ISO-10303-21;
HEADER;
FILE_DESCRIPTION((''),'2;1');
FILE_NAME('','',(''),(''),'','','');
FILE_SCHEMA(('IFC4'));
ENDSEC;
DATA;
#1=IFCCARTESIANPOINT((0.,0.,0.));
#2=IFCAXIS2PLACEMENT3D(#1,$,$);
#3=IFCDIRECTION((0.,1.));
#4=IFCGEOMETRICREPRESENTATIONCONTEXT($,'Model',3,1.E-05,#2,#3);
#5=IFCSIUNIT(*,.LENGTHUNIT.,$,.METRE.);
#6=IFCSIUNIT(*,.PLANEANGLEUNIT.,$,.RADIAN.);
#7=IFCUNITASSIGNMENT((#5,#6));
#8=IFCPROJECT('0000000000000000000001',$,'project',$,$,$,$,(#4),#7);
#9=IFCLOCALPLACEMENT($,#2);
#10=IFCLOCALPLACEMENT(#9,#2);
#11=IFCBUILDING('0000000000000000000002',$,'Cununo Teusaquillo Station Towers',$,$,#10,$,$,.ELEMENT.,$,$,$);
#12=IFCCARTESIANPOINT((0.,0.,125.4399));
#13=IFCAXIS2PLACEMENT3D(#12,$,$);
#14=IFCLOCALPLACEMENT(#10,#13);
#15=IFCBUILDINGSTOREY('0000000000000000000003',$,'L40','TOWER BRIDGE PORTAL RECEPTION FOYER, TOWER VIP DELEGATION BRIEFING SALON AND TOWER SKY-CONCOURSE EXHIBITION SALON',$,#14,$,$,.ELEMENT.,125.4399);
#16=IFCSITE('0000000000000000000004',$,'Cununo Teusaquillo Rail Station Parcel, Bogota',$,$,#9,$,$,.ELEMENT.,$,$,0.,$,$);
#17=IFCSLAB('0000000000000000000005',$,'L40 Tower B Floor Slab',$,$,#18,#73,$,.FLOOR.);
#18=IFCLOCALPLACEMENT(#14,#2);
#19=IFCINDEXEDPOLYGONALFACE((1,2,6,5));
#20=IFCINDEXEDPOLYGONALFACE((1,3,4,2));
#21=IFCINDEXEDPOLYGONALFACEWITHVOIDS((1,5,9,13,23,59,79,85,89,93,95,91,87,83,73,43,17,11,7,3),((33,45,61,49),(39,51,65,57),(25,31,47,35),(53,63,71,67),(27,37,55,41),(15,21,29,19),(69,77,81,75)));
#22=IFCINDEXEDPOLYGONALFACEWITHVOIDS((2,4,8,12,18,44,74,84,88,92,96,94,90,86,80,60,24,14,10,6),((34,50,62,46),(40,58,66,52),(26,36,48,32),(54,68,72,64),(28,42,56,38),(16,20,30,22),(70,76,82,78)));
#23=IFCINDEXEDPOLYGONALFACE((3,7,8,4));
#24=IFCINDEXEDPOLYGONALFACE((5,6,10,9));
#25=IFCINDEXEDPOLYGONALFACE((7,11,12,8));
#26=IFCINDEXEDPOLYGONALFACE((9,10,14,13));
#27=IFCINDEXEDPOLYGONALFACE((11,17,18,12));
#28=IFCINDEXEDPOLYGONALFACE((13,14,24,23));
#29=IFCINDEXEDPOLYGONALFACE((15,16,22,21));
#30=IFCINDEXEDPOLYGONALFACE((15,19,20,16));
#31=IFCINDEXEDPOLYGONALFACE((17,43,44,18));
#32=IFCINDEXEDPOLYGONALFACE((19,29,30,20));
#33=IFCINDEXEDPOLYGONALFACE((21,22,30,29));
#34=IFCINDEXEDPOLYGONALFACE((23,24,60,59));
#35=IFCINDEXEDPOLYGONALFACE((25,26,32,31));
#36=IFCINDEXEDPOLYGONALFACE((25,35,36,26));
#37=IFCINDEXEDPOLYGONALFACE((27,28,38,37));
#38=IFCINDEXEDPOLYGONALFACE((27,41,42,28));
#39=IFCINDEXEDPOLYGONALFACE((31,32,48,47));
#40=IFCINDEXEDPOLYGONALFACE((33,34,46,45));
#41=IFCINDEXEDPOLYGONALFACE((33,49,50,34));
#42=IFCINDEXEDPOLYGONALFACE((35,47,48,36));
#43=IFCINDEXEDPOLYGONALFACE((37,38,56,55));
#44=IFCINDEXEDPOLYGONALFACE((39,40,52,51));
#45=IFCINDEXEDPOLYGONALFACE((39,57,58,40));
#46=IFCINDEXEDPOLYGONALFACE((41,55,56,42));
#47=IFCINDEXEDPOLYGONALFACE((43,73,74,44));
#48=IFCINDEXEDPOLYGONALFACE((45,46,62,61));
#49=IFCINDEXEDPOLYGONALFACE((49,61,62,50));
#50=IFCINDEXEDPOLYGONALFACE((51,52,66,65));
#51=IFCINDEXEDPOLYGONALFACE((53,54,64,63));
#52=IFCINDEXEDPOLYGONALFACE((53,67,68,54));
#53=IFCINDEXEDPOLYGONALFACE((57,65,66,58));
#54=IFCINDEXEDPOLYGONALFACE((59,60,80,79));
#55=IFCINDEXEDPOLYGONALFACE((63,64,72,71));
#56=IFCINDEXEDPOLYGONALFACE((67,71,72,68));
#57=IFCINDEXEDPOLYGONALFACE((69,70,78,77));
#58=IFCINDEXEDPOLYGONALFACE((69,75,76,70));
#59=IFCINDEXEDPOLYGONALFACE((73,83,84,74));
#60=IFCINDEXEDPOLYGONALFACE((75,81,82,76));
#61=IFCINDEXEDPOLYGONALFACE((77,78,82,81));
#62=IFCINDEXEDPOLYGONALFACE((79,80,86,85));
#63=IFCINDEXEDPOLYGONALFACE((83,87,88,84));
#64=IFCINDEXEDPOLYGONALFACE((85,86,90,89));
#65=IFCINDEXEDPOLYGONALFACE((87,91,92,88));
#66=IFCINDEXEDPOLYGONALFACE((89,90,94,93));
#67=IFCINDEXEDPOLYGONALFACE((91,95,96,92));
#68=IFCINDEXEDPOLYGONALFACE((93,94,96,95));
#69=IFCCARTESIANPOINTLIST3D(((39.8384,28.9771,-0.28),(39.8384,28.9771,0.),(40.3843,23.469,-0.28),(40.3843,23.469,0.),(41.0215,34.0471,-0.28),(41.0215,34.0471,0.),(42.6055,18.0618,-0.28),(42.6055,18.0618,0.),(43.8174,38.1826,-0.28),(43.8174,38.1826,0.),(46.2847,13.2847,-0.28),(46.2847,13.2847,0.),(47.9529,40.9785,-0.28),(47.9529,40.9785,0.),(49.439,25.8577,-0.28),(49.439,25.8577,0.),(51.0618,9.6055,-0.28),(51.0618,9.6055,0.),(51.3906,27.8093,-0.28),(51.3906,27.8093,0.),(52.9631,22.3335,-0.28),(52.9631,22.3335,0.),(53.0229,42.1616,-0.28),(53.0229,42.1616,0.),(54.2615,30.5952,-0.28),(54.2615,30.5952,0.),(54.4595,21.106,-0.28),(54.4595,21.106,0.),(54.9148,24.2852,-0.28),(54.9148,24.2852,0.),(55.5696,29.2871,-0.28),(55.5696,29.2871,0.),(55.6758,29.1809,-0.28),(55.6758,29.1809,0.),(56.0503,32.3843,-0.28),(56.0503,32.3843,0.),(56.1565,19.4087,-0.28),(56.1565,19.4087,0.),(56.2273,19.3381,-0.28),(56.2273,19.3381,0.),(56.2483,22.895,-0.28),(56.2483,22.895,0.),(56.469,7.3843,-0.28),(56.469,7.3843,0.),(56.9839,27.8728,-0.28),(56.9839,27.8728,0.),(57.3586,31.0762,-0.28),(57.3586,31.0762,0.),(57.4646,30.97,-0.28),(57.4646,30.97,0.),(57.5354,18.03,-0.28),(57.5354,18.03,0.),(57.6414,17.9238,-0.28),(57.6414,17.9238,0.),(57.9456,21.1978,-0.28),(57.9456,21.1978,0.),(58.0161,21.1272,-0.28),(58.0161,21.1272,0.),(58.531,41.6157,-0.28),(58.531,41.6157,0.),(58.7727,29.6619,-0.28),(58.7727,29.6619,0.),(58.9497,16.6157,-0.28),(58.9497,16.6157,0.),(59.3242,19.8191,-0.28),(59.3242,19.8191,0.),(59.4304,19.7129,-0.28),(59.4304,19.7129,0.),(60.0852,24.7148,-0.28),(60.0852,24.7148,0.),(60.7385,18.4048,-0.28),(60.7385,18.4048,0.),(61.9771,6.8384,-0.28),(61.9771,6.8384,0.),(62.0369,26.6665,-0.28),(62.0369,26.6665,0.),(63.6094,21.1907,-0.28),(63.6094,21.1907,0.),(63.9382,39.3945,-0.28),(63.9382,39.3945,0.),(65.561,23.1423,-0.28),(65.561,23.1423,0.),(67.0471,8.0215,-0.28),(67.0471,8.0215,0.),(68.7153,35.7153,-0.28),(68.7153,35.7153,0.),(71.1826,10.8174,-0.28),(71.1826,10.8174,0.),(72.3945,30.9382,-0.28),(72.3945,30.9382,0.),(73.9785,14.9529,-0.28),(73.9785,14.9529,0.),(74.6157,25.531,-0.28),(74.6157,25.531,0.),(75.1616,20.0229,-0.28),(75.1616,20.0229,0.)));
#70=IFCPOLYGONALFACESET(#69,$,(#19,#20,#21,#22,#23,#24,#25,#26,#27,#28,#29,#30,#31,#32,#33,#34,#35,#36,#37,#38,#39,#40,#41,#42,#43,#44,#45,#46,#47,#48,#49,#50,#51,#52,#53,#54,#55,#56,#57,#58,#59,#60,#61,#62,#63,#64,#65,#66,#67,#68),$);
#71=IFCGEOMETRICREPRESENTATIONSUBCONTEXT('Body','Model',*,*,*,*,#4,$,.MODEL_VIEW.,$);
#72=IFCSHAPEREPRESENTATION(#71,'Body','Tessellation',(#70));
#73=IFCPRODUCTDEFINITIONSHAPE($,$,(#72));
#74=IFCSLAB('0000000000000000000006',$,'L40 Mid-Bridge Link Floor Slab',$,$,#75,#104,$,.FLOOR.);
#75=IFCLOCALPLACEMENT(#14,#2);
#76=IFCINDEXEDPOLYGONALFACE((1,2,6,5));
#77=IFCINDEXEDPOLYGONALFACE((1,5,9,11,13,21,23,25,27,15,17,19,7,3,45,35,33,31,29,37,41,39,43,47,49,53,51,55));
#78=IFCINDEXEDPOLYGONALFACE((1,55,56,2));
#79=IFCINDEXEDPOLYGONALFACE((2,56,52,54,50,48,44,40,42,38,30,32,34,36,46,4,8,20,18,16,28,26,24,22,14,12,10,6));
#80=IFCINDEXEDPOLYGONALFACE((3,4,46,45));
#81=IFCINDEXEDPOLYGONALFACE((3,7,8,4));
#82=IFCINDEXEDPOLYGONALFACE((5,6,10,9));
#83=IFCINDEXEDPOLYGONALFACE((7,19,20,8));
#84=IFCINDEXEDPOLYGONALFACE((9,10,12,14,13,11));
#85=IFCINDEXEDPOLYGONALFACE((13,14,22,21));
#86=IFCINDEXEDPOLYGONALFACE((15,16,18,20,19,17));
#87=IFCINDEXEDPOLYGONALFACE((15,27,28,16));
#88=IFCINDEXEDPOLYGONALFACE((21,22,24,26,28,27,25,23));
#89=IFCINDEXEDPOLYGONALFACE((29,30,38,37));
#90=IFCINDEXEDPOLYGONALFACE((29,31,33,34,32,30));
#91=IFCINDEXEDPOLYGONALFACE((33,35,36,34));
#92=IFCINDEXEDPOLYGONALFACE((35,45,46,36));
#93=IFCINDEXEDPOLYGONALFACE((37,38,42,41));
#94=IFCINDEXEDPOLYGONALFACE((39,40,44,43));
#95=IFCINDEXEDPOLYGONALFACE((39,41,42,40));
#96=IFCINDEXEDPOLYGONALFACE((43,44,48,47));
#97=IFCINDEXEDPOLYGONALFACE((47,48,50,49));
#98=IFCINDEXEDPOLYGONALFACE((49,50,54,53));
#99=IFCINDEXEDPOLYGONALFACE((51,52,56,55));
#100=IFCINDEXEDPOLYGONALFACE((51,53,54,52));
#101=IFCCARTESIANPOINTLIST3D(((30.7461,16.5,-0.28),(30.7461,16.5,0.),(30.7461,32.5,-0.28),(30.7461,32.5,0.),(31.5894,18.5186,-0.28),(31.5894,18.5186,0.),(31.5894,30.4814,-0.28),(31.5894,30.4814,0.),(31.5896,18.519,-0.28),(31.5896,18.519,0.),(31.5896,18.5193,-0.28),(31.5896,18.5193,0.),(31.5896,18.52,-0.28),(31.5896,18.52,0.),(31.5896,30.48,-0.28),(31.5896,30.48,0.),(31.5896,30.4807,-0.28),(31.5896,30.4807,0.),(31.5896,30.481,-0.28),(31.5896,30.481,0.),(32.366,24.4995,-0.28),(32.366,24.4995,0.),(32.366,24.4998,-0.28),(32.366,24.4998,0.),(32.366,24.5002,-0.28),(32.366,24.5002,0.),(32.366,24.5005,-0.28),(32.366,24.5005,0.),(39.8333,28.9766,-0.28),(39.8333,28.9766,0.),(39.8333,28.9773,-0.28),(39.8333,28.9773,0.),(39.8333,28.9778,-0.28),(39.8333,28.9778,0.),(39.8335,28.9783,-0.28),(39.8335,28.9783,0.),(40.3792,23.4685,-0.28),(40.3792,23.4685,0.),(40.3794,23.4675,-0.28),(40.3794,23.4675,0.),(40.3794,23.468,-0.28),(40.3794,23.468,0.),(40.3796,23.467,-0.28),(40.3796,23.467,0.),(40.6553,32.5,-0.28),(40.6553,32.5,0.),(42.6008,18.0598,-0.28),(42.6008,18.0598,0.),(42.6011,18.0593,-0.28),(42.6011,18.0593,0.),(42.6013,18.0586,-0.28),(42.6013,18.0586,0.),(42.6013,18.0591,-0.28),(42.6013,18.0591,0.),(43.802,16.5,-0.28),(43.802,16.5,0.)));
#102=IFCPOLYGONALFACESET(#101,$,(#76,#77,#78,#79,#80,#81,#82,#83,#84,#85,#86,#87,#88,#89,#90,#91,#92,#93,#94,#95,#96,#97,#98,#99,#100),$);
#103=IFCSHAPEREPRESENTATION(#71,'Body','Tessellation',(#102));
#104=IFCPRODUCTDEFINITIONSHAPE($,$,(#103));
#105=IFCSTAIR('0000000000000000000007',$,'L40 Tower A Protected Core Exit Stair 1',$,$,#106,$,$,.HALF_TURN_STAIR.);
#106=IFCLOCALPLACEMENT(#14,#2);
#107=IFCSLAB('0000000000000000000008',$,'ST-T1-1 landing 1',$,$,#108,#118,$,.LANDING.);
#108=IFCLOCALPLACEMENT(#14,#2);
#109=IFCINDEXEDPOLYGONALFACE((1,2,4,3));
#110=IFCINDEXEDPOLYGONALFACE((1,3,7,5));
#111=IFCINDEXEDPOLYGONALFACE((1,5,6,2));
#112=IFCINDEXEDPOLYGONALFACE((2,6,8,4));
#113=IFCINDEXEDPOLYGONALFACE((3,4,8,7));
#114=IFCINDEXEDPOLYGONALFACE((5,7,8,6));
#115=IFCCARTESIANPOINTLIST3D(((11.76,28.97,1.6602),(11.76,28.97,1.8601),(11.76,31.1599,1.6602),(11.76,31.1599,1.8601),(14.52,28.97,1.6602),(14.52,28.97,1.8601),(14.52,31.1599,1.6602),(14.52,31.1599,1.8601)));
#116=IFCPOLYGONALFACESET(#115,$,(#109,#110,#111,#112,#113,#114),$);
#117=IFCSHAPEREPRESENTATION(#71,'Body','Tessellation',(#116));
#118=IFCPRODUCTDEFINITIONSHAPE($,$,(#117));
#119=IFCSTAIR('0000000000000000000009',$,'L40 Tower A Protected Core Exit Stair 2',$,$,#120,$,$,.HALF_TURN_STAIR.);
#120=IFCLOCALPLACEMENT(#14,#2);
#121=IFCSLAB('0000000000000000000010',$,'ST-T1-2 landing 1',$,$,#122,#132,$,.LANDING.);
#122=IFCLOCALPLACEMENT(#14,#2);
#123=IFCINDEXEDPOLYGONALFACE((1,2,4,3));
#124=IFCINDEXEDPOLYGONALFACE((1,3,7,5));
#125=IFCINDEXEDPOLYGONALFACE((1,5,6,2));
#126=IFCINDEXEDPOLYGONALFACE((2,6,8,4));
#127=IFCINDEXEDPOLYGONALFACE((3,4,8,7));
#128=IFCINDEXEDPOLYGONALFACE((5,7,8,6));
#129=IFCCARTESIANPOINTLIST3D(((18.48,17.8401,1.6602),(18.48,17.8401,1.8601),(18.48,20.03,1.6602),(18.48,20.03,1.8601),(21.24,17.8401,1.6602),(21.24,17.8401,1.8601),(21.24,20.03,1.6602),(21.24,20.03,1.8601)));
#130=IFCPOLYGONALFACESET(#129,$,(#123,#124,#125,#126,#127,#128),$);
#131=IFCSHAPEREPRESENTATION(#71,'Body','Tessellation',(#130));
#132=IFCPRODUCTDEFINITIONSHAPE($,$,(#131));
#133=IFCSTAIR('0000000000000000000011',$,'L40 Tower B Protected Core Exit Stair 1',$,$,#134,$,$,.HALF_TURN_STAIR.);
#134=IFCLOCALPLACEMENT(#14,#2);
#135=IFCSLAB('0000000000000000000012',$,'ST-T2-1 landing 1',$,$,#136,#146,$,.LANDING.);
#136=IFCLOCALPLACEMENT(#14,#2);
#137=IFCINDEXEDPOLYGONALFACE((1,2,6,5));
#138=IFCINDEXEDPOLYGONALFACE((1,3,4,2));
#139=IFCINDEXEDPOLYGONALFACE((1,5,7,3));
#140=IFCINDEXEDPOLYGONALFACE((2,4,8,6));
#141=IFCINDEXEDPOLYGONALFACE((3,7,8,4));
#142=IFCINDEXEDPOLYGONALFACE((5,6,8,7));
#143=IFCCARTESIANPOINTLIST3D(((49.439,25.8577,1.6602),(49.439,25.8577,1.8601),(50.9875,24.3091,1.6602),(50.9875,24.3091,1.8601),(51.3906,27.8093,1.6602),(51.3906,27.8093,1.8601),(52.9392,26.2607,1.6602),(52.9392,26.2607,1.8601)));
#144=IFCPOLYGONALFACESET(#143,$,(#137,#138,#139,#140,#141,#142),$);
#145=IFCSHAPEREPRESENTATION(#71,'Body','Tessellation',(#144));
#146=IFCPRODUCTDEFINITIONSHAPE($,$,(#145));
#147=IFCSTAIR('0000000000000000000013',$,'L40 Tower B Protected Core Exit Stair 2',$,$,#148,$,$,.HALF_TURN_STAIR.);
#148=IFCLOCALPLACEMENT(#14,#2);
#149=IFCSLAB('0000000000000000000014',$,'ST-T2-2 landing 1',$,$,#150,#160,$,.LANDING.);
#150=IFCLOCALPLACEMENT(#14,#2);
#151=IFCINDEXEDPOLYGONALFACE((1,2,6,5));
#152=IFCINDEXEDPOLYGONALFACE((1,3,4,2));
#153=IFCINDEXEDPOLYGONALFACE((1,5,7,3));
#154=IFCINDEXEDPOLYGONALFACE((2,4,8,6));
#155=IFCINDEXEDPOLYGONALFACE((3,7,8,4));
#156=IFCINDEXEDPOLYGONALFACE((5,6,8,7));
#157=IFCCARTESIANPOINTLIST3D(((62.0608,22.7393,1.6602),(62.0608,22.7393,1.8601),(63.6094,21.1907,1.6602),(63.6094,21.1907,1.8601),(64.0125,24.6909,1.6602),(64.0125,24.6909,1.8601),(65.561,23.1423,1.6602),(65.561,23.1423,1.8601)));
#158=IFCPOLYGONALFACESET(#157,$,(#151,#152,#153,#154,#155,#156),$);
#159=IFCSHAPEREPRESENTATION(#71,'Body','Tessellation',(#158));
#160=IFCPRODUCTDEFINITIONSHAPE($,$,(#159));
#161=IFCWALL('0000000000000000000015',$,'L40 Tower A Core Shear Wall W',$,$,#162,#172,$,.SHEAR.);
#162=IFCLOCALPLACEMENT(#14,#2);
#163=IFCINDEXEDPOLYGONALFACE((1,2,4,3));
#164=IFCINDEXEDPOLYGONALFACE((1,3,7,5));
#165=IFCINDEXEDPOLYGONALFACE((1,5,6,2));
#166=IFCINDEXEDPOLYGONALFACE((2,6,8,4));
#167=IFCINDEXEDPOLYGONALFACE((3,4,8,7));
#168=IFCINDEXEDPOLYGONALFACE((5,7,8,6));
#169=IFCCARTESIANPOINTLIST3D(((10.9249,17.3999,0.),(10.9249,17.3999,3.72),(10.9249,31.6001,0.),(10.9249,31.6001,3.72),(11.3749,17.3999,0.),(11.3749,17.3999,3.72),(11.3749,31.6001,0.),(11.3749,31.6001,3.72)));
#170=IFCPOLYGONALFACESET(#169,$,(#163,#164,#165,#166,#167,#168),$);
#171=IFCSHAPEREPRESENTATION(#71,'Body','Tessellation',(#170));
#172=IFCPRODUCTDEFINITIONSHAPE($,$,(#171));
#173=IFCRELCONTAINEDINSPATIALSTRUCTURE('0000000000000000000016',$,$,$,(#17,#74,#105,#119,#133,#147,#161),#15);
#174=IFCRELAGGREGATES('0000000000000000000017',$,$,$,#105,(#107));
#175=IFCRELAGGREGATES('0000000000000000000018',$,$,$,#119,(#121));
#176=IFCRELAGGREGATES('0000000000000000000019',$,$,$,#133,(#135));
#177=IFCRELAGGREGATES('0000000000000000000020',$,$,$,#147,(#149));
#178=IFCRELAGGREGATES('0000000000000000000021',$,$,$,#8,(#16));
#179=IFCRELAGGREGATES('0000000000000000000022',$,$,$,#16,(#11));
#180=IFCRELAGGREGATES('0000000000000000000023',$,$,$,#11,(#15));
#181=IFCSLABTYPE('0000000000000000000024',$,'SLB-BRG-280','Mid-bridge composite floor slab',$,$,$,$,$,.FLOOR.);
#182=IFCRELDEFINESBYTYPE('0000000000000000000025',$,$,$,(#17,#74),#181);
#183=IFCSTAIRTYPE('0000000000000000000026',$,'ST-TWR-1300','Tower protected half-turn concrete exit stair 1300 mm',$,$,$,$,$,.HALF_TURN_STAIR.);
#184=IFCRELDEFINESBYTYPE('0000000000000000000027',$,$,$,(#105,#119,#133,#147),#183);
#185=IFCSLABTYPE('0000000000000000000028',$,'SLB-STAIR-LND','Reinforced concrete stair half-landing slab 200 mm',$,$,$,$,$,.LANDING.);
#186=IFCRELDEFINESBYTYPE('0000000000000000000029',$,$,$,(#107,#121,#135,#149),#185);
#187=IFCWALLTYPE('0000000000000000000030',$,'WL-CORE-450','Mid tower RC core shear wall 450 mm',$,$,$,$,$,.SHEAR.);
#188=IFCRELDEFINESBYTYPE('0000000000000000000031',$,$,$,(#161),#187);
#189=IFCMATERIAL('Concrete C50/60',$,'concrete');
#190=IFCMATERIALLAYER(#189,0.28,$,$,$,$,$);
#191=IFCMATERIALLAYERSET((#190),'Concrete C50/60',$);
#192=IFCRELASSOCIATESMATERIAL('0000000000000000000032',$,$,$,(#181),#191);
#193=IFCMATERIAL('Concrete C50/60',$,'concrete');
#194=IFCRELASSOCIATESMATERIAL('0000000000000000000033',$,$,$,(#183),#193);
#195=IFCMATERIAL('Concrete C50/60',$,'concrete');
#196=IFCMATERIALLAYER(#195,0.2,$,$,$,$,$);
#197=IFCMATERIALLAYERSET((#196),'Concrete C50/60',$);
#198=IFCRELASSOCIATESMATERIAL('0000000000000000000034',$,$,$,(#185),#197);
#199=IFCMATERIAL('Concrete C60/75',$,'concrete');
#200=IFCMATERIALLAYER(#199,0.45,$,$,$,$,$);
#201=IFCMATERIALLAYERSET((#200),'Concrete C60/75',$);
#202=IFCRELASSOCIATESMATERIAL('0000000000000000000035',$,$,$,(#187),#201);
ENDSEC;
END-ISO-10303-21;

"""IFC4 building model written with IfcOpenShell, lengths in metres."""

from ifc_helpers import new_model, si_unit, direction, frame, frame_2d, origin, place, context, subcontext, project, spatial, polyline, rectangle, outline, extrude, material, layer, layer_set, type_object, element, aggregate, save


model = new_model("IFC4")

# Units and contexts
model_context = context("Model", 3, precision=1e-05, world=origin(), true_north=direction((0.0, 1.0)))
body_context = subcontext(model_context, "Body", "Model", "MODEL_VIEW")
ifc_project = project(units=[si_unit("LENGTHUNIT", "METRE"), si_unit("PLANEANGLEUNIT", "RADIAN")], contexts=[model_context])

# Site, building, storey
site_placement = place(None, origin())
site = spatial("IfcSite", under=ifc_project, at=site_placement, Name="Cununo Teusaquillo Rail Station Parcel, Bogota", CompositionType="ELEMENT", RefElevation=0.0)
building_placement = place(site_placement, origin())
building = spatial("IfcBuilding", under=site, at=building_placement, Name="Cununo Teusaquillo Station Towers", CompositionType="ELEMENT")
storey_placement = place(building_placement, frame((0.0, 0.0, 125.4399)))
storey = spatial("IfcBuildingStorey", under=building, at=storey_placement, Name="L40", Description="TOWER BRIDGE PORTAL RECEPTION FOYER, TOWER VIP DELEGATION BRIEFING SALON AND TOWER SKY-CONCOURSE EXHIBITION SALON", CompositionType="ELEMENT", Elevation=125.4399)

# Slabs
ifc_material_1 = material(Name="Concrete C50/60", Category="concrete")
ifc_layer_1 = layer(ifc_material_1, 0.28)
ifc_layer_set_1 = layer_set([ifc_layer_1], Name="Concrete C50/60")
slab_type_1 = type_object("IfcSlabType", Name="SLB-BRG-280", Description="Mid-bridge composite floor slab", PredefinedType="FLOOR", material=ifc_layer_set_1)
slab_1_placement = place(storey_placement, frame((0.0, 0.0, -0.28)))
element("IfcSlab", 1, at=slab_1_placement, inside=storey, type_object=slab_type_1, Name="L40 Tower B Floor Slab", PredefinedType="FLOOR", context=body_context, shape_type="SweptSolid", body=[
    extrude(outline(polyline([(68.7153, 35.7153), (63.9382, 39.3945), (58.531, 41.6157), (53.0229, 42.1616), (47.9529, 40.9785), (43.8174, 38.1826), (41.0215, 34.0471), (39.8384, 28.9771), (40.3843, 23.469), (42.6055, 18.0618), (46.2847, 13.2847), (51.0618, 9.6055), (56.469, 7.3843), (61.9771, 6.8384), (67.0471, 8.0215), (71.1826, 10.8174), (73.9785, 14.9529), (75.1616, 20.0229), (74.6157, 25.531), (72.3945, 30.9382), (68.7153, 35.7153)]), holes=[polyline([(54.9148, 24.2852), (51.3906, 27.8093), (49.439, 25.8577), (52.9631, 22.3335), (54.9148, 24.2852)]), polyline([(60.0852, 24.7148), (63.6094, 21.1907), (65.561, 23.1423), (62.0369, 26.6665), (60.0852, 24.7148)]), polyline([(56.1565, 19.4087), (57.9456, 21.1978), (56.2483, 22.895), (54.4595, 21.106), (56.1565, 19.4087)]), polyline([(58.9497, 16.6157), (60.7385, 18.4048), (59.4304, 19.7129), (57.6414, 17.9238), (58.9497, 16.6157)]), polyline([(57.5354, 18.03), (59.3242, 19.8191), (58.0161, 21.1272), (56.2273, 19.3381), (57.5354, 18.03)]), polyline([(56.9839, 27.8728), (58.7727, 29.6619), (57.4646, 30.97), (55.6758, 29.1809), (56.9839, 27.8728)]), polyline([(55.5696, 29.2871), (57.3586, 31.0762), (56.0503, 32.3843), (54.2615, 30.5952), (55.5696, 29.2871)])]), origin(), (0.0, 0.0, 1.0), 0.28),
])
slab_2_placement = place(storey_placement, frame((0.0, 0.0, -0.28)))
element("IfcSlab", 2, at=slab_2_placement, inside=storey, type_object=slab_type_1, Name="L40 Mid-Bridge Link Floor Slab", PredefinedType="FLOOR", context=body_context, shape_type="SweptSolid", body=[
    extrude(outline(polyline([(30.7461, 16.5), (31.5894, 18.5186), (31.5896, 18.519), (31.5896, 18.5193), (31.5896, 18.52), (32.366, 24.4995), (32.366, 24.4998), (32.366, 24.5002), (32.366, 24.5005), (31.5896, 30.48), (31.5896, 30.4807), (31.5896, 30.481), (31.5894, 30.4814), (30.7461, 32.5), (40.6553, 32.5), (39.8335, 28.9783), (39.8333, 28.9778), (39.8333, 28.9773), (39.8333, 28.9766), (40.3792, 23.4685), (40.3794, 23.468), (40.3794, 23.4675), (40.3796, 23.467), (42.6008, 18.0598), (42.6011, 18.0593), (42.6013, 18.0591), (42.6013, 18.0586), (43.802, 16.5), (30.7461, 16.5)])), origin(), (0.0, 0.0, 1.0), 0.28),
])

# Stairs, slabs
ifc_material_2 = material(Name="Concrete C50/60", Category="concrete")
stair_type = type_object("IfcStairType", Name="ST-TWR-1300", Description="Tower protected half-turn concrete exit stair 1300 mm", PredefinedType="HALF_TURN_STAIR", material=ifc_material_2)
stair_1_placement = place(storey_placement, origin())
stair_1 = element("IfcStair", 3, at=stair_1_placement, inside=storey, type_object=stair_type, Name="L40 Tower A Protected Core Exit Stair 1", PredefinedType="HALF_TURN_STAIR")
ifc_material_3 = material(Name="Concrete C50/60", Category="concrete")
ifc_layer_2 = layer(ifc_material_3, 0.2)
ifc_layer_set_2 = layer_set([ifc_layer_2], Name="Concrete C50/60")
slab_type_2 = type_object("IfcSlabType", Name="SLB-STAIR-LND", Description="Reinforced concrete stair half-landing slab 200 mm", PredefinedType="LANDING", material=ifc_layer_set_2)
slab_3_placement = place(storey_placement, frame((0.0, 0.0, 1.6602)))
slab_3 = element("IfcSlab", 4, at=slab_3_placement, type_object=slab_type_2, Name="ST-T1-1 landing 1", PredefinedType="LANDING", context=body_context, shape_type="SweptSolid", body=[
    extrude(outline(polyline([(14.52, 28.97), (14.52, 31.1599), (11.76, 31.1599), (11.76, 28.97), (14.52, 28.97)])), origin(), (0.0, 0.0, 1.0), 0.2),
])
aggregate(stair_1, [slab_3])
stair_2_placement = place(storey_placement, origin())
stair_2 = element("IfcStair", 5, at=stair_2_placement, inside=storey, type_object=stair_type, Name="L40 Tower A Protected Core Exit Stair 2", PredefinedType="HALF_TURN_STAIR")
slab_4_placement = place(storey_placement, frame((0.0, 0.0, 1.6602)))
slab_4 = element("IfcSlab", 6, at=slab_4_placement, type_object=slab_type_2, Name="ST-T1-2 landing 1", PredefinedType="LANDING", context=body_context, shape_type="SweptSolid", body=[
    extrude(outline(polyline([(18.48, 20.03), (18.48, 17.8401), (21.24, 17.8401), (21.24, 20.03), (18.48, 20.03)])), origin(), (0.0, 0.0, 1.0), 0.2),
])
aggregate(stair_2, [slab_4])
stair_3_placement = place(storey_placement, origin())
stair_3 = element("IfcStair", 7, at=stair_3_placement, inside=storey, type_object=stair_type, Name="L40 Tower B Protected Core Exit Stair 1", PredefinedType="HALF_TURN_STAIR")
slab_5_placement = place(storey_placement, frame((0.0, 0.0, 1.6602)))
slab_5 = element("IfcSlab", 8, at=slab_5_placement, type_object=slab_type_2, Name="ST-T2-1 landing 1", PredefinedType="LANDING", context=body_context, shape_type="SweptSolid", body=[
    extrude(outline(polyline([(52.9392, 26.2607), (51.3906, 27.8093), (49.439, 25.8577), (50.9875, 24.3091), (52.9392, 26.2607)])), origin(), (0.0, 0.0, 1.0), 0.2),
])
aggregate(stair_3, [slab_5])
stair_4_placement = place(storey_placement, origin())
stair_4 = element("IfcStair", 9, at=stair_4_placement, inside=storey, type_object=stair_type, Name="L40 Tower B Protected Core Exit Stair 2", PredefinedType="HALF_TURN_STAIR")
slab_6_placement = place(storey_placement, frame((0.0, 0.0, 1.6602)))
slab_6 = element("IfcSlab", 10, at=slab_6_placement, type_object=slab_type_2, Name="ST-T2-2 landing 1", PredefinedType="LANDING", context=body_context, shape_type="SweptSolid", body=[
    extrude(outline(polyline([(62.0608, 22.7393), (63.6094, 21.1907), (65.561, 23.1423), (64.0125, 24.6909), (62.0608, 22.7393)])), origin(), (0.0, 0.0, 1.0), 0.2),
])
aggregate(stair_4, [slab_6])

# Wall
ifc_material_4 = material(Name="Concrete C60/75", Category="concrete")
ifc_layer_3 = layer(ifc_material_4, 0.45)
ifc_layer_set_3 = layer_set([ifc_layer_3], Name="Concrete C60/75")
wall_type_1 = type_object("IfcWallType", Name="WL-CORE-450", Description="Mid tower RC core shear wall 450 mm", PredefinedType="SHEAR", material=ifc_layer_set_3)
wall_1_placement = place(storey_placement, frame((11.1499, 17.3999, 0.0), z_axis=(0.0, 0.0, 1.0), x_axis=(0.0, 1.0, 0.0)))
element("IfcWall", 11, at=wall_1_placement, inside=storey, type_object=wall_type_1, Name="L40 Tower A Core Shear Wall W", PredefinedType="SHEAR", context=body_context, shape_type="SweptSolid", body=[
    extrude(rectangle(XDim=14.2002, YDim=0.45, at=frame_2d((7.1001, 0.0))), origin(), (0.0, 0.0, 1.0), 3.72),
])

save(model, "model.ifc")
